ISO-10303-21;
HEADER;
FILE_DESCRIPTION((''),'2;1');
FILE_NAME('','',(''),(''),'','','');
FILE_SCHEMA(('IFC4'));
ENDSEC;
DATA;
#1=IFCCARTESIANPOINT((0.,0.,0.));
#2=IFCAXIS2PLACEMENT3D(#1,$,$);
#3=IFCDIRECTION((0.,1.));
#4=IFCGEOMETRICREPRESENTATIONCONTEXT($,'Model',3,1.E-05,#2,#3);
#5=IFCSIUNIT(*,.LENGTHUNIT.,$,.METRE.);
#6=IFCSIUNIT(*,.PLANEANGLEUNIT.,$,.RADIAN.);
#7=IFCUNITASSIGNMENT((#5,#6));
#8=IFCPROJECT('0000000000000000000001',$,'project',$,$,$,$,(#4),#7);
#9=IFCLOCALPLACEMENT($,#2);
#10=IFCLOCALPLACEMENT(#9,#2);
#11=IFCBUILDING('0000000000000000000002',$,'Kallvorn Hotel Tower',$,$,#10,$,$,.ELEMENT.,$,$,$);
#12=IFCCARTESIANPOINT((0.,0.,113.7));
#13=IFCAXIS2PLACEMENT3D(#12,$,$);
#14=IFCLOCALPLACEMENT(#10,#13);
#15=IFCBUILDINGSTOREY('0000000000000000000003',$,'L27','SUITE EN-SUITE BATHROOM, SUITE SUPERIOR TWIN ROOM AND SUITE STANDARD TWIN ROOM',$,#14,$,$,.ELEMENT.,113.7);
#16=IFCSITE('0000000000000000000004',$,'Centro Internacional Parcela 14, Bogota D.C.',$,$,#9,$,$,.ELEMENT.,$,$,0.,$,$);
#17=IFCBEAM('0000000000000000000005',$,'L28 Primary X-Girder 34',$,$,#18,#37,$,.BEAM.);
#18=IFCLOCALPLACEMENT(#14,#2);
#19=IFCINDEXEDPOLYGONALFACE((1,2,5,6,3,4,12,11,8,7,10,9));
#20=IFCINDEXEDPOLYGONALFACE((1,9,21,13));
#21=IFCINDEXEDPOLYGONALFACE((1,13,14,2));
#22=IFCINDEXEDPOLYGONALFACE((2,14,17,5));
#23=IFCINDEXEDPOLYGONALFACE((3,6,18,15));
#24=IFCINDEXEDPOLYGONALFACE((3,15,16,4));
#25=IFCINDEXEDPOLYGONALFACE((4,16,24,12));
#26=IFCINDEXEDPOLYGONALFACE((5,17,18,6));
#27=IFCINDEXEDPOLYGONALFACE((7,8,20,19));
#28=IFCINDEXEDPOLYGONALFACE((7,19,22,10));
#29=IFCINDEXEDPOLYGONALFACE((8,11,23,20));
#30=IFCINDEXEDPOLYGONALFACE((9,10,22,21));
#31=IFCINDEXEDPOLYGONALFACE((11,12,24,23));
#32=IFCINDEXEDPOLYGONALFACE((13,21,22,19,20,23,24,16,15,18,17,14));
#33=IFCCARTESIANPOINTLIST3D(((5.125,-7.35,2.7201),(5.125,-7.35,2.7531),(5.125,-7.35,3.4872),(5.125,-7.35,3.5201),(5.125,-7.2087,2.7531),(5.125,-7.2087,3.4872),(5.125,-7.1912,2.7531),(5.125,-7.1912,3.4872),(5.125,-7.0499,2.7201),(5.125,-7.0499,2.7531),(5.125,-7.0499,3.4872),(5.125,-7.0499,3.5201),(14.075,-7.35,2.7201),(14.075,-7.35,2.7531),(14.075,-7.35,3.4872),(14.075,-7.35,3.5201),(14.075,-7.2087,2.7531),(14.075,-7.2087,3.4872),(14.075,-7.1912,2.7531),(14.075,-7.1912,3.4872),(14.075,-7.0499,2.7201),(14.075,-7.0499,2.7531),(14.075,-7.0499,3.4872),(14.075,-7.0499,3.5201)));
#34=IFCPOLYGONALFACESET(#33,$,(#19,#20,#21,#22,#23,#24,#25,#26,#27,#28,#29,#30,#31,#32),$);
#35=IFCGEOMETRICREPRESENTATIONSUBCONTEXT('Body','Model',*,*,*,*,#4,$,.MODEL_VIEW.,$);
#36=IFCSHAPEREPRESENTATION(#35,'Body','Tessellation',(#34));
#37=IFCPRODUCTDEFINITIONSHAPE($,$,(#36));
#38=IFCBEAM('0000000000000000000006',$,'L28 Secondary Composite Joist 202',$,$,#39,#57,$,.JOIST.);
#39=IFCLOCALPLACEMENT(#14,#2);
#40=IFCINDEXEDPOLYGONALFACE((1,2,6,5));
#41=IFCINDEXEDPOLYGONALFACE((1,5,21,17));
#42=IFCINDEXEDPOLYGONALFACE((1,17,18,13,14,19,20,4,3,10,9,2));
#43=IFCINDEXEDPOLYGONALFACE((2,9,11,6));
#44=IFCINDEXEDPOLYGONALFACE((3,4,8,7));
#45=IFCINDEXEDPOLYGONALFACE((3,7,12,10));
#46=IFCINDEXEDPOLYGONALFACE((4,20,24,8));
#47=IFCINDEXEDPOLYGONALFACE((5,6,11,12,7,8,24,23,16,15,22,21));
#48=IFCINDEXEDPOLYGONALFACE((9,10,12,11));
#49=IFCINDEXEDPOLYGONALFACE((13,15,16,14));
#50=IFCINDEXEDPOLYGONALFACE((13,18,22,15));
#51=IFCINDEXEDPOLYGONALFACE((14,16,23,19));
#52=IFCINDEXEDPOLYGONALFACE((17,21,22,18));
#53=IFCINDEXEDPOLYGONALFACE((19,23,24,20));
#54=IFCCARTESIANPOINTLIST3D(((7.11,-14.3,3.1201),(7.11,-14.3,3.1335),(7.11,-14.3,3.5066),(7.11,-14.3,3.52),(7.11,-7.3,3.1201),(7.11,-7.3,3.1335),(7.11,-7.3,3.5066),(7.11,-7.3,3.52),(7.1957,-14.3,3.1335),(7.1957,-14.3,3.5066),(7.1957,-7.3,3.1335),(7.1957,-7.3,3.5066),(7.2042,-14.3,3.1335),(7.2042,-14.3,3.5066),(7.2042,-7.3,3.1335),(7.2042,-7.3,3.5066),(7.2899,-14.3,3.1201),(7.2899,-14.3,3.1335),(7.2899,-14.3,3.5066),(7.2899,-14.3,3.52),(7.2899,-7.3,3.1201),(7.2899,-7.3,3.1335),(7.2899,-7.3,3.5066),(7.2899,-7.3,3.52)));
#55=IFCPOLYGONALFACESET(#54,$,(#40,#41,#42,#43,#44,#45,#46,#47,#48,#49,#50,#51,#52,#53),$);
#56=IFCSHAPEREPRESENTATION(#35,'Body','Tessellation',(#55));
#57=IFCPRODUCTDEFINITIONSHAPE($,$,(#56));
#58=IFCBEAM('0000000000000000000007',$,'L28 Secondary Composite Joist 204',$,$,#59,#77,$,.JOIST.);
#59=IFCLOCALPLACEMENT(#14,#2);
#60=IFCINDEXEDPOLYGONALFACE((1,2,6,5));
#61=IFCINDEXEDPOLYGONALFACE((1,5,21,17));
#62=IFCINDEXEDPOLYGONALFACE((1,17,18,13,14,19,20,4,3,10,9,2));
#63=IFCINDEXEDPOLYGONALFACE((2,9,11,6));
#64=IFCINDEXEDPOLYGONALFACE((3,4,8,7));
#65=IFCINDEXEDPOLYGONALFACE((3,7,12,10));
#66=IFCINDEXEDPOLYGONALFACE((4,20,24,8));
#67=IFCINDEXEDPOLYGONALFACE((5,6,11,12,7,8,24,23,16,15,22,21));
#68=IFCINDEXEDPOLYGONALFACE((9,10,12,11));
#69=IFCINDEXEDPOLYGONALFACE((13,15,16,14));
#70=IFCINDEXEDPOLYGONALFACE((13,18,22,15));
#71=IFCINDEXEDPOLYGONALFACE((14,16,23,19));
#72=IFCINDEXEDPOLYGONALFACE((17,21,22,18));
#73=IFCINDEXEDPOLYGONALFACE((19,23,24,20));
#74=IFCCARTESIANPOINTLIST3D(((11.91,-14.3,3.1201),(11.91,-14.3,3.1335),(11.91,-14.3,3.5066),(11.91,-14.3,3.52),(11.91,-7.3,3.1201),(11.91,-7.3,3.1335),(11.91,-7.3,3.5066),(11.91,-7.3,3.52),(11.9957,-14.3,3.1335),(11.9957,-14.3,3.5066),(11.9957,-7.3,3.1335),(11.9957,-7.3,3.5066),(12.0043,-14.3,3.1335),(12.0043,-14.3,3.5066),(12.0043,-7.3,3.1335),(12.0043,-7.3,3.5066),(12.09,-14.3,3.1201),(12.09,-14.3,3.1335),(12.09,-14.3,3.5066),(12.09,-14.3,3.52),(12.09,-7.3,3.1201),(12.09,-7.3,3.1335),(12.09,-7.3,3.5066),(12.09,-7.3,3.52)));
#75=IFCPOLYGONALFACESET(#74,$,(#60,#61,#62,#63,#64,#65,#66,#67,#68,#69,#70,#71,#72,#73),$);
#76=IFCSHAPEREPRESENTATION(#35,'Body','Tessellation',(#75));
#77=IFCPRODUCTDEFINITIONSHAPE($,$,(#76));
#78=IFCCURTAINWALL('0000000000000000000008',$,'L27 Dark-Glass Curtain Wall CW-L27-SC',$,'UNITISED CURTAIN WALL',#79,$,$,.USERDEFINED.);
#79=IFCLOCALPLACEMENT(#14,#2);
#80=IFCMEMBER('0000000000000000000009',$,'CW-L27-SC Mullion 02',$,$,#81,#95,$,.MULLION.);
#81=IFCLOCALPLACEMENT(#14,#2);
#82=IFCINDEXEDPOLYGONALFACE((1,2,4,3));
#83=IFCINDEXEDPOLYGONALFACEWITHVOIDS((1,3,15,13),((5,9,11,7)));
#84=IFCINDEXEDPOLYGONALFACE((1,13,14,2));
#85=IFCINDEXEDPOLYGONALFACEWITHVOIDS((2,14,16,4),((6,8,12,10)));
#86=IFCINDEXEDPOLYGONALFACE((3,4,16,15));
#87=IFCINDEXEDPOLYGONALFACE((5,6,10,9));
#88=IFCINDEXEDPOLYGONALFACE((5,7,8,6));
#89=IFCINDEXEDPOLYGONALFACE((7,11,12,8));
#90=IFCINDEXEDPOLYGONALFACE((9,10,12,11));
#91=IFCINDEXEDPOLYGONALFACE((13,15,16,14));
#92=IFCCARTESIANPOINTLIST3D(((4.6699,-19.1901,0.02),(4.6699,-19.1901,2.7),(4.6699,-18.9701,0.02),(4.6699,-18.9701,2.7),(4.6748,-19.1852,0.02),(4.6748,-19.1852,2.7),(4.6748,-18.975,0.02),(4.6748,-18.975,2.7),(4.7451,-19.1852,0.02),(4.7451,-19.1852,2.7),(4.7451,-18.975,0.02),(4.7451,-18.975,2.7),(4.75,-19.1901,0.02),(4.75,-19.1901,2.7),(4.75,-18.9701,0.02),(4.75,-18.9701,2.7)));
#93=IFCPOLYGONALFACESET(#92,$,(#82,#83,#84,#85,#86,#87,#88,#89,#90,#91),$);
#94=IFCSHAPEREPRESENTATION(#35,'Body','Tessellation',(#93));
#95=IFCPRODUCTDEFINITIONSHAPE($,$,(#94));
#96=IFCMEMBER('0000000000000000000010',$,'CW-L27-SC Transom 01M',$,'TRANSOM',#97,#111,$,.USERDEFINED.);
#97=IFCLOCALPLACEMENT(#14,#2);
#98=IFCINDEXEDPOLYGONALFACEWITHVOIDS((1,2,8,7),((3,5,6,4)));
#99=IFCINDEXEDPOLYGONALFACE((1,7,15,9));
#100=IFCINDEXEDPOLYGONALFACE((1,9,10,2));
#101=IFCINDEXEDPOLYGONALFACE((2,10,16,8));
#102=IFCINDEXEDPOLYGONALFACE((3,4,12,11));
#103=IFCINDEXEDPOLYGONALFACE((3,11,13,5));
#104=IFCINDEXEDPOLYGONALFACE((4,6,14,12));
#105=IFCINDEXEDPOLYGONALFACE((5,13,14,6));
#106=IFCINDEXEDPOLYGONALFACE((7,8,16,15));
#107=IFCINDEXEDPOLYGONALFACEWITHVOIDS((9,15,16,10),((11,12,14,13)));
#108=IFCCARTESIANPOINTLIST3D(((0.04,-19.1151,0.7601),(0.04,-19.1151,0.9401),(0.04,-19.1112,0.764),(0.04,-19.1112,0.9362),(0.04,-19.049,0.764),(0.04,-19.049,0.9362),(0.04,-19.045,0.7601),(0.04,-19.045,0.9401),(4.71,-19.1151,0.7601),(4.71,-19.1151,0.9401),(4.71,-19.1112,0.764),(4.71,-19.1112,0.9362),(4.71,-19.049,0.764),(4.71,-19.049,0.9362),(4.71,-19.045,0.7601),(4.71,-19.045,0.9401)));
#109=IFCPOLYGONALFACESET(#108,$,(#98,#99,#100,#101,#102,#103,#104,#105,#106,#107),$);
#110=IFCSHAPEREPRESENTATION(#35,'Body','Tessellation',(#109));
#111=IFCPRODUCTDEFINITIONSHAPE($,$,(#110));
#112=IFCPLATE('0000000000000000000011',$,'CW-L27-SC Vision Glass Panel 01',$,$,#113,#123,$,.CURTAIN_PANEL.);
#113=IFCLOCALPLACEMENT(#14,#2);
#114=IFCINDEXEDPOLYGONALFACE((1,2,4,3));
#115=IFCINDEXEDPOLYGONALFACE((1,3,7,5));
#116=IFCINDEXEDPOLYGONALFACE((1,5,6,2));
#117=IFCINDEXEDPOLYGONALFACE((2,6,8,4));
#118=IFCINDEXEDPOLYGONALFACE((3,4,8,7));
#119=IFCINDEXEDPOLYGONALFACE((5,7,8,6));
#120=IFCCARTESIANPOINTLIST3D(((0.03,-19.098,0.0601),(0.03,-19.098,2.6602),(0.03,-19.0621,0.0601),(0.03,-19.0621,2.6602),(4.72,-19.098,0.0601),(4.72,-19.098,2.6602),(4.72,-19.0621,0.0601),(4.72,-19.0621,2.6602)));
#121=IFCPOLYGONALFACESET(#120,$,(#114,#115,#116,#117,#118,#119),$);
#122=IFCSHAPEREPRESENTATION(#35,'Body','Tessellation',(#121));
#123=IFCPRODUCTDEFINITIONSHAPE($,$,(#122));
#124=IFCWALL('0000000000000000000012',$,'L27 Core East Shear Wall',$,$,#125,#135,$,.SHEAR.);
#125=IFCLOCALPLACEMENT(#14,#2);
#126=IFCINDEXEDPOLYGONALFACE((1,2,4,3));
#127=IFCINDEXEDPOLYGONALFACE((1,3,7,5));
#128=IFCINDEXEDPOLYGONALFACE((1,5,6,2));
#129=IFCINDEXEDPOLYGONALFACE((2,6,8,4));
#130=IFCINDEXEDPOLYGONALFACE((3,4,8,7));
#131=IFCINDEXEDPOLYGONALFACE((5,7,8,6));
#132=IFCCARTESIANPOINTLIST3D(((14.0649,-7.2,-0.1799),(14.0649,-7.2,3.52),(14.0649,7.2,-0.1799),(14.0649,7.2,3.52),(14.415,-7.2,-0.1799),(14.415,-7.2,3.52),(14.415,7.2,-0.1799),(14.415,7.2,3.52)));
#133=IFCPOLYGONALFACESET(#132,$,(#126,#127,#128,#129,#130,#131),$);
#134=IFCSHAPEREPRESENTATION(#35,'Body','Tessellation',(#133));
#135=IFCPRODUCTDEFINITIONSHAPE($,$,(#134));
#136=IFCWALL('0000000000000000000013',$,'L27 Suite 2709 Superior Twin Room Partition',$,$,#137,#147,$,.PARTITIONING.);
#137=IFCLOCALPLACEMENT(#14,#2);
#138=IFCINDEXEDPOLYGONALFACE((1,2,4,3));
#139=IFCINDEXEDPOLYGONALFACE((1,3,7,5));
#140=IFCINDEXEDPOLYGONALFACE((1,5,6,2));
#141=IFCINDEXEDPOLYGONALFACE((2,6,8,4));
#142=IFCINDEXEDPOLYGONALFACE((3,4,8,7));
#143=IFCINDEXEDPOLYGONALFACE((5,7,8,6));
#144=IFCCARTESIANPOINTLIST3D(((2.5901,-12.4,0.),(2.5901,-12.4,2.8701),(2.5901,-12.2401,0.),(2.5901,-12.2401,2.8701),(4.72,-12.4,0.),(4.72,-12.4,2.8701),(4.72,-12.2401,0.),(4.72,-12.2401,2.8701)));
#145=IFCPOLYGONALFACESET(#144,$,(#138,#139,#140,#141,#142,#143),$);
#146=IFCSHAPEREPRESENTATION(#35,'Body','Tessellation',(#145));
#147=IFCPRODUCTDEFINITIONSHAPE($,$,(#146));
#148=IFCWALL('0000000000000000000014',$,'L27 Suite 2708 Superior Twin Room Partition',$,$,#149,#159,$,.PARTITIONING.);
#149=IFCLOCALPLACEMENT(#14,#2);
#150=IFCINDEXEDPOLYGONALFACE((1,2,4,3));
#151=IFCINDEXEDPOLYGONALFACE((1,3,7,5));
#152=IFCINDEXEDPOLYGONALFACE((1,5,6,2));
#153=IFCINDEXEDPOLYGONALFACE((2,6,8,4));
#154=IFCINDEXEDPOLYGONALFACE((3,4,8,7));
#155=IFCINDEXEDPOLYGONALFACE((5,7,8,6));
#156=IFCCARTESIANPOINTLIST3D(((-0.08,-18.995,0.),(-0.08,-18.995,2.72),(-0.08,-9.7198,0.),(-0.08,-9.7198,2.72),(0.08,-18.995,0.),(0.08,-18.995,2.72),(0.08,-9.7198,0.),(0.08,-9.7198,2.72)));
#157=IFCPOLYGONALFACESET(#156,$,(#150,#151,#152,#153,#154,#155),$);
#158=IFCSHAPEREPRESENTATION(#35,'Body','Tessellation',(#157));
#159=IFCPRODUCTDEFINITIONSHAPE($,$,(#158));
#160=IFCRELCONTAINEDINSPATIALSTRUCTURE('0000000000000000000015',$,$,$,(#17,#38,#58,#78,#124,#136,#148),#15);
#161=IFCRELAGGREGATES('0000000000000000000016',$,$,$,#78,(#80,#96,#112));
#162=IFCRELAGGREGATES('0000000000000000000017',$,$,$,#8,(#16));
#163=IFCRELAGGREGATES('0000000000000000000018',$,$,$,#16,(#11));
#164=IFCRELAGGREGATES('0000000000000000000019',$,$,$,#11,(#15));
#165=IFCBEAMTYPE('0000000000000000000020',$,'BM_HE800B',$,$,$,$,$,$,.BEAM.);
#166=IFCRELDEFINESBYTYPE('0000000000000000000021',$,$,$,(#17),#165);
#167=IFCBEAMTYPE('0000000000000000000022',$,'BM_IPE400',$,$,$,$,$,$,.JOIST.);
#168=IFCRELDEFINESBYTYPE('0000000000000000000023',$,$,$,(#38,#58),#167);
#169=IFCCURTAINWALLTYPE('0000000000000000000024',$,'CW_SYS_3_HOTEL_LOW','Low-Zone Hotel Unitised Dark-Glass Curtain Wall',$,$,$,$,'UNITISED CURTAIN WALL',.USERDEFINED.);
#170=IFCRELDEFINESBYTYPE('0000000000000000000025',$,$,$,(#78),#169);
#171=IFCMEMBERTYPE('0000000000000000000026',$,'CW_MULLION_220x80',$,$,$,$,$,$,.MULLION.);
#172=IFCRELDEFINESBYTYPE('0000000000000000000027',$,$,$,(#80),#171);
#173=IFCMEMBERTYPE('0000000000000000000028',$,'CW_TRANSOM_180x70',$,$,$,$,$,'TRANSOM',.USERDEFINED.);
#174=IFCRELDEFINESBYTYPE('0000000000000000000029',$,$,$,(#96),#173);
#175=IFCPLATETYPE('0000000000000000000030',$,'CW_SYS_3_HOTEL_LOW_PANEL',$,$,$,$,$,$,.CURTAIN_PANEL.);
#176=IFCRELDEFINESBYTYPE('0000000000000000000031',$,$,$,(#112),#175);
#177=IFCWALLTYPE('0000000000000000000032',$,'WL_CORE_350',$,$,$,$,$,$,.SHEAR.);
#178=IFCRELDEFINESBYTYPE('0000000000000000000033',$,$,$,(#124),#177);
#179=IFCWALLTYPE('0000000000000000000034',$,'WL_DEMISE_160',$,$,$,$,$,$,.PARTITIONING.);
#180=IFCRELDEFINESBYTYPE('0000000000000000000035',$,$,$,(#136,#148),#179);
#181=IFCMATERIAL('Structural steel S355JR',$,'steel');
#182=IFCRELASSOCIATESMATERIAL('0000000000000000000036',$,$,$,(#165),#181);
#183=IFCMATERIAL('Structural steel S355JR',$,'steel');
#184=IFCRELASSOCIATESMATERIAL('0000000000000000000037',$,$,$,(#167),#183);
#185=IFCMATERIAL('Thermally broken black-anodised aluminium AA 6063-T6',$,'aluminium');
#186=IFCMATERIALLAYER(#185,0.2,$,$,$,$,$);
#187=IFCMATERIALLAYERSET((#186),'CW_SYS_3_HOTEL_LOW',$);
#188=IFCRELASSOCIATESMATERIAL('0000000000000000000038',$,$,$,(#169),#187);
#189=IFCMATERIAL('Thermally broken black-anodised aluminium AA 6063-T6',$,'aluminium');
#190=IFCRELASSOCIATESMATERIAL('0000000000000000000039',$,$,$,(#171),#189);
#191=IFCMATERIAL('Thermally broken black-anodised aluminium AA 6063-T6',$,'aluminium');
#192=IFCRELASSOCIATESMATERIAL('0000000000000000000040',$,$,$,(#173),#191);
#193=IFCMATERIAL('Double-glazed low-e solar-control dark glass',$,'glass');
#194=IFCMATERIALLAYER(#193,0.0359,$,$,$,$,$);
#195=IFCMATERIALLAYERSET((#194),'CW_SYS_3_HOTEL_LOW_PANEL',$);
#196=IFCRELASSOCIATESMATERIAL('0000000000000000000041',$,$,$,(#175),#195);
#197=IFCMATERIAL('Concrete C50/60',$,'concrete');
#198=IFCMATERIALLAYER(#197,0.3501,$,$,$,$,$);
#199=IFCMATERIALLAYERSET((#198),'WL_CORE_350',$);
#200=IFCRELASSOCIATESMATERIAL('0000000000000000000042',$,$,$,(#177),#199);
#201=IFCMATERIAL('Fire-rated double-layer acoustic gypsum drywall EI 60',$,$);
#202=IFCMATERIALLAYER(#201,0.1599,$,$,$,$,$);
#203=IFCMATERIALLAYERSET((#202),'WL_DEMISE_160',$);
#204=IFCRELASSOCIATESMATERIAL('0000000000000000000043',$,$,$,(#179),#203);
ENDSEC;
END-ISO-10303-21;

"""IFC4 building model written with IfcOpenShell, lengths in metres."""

from ifc_helpers import new_model, si_unit, direction, frame, frame_2d, origin, origin_2d, place, context, subcontext, project, spatial, rectangle, hollow_rectangle, i_section, extrude, material, layer, layer_set, material_profile, profile_set, type_object, element, aggregate, save


model = new_model("IFC4")

# Units and contexts
model_context = context("Model", 3, precision=1e-05, world=origin(), true_north=direction((0.0, 1.0)))
body_context = subcontext(model_context, "Body", "Model", "MODEL_VIEW")
ifc_project = project(units=[si_unit("LENGTHUNIT", "METRE"), si_unit("PLANEANGLEUNIT", "RADIAN")], contexts=[model_context])

# Site, building, storey
site_placement = place(None, origin())
site = spatial("IfcSite", under=ifc_project, at=site_placement, Name="Centro Internacional Parcela 14, Bogota D.C.", CompositionType="ELEMENT", RefElevation=0.0)
building_placement = place(site_placement, origin())
building = spatial("IfcBuilding", under=site, at=building_placement, Name="Kallvorn Hotel Tower", CompositionType="ELEMENT")
storey_placement = place(building_placement, frame((0.0, 0.0, 113.7)))
storey = spatial("IfcBuildingStorey", under=building, at=storey_placement, Name="L27", Description="SUITE EN-SUITE BATHROOM, SUITE SUPERIOR TWIN ROOM AND SUITE STANDARD TWIN ROOM", CompositionType="ELEMENT", Elevation=113.7)

# Beams
ifc_material_1 = material(Name="Structural steel S355JR", Category="steel")
ifc_material_profile_1 = material_profile(ifc_material_1, i_section(OverallWidth=0.3, OverallDepth=0.8, WebThickness=0.0176, FlangeThickness=0.033, at=origin_2d()), Name="HE 800 B")
ifc_profile_set_1 = profile_set([ifc_material_profile_1], Name="Structural steel S355JR")
beam_type_1 = type_object("IfcBeamType", Name="BM_HE800B", PredefinedType="BEAM", material=ifc_profile_set_1)
beam_1_placement = place(storey_placement, frame((5.125, -7.2, 3.1201), z_axis=(1.0, 0.0, 0.0), x_axis=(0.0, 1.0, 0.0)))
element("IfcBeam", 1, at=beam_1_placement, inside=storey, type_object=beam_type_1, Name="L28 Primary X-Girder 34", PredefinedType="BEAM", context=body_context, shape_type="SweptSolid", body=[
    extrude(i_section(OverallWidth=0.3, OverallDepth=0.8, WebThickness=0.0176, FlangeThickness=0.033, at=origin_2d()), origin(), (0.0, 0.0, 1.0), 8.95),
])
ifc_material_2 = material(Name="Structural steel S355JR", Category="steel")
ifc_material_profile_2 = material_profile(ifc_material_2, i_section(OverallWidth=0.1799, OverallDepth=0.3999, WebThickness=0.0085, FlangeThickness=0.0134, at=origin_2d()), Name="IPE 400")
ifc_profile_set_2 = profile_set([ifc_material_profile_2], Name="Structural steel S355JR")
beam_type_2 = type_object("IfcBeamType", Name="BM_IPE400", PredefinedType="JOIST", material=ifc_profile_set_2)
for number, where, z_axis, x_axis, name in (
    (2, (7.2, -14.3, 3.3201), (0.0, 1.0, 0.0), (-1.0, 0.0, 0.0), "L28 Secondary Composite Joist 202"),
    (3, (12.0, -14.3, 3.3201), (0.0, 1.0, 0.0), (-1.0, 0.0, 0.0), "L28 Secondary Composite Joist 204"),
):
    element("IfcBeam", number, at=place(storey_placement, frame(where, z_axis=z_axis, x_axis=x_axis)), inside=storey, type_object=beam_type_2, Name=name, PredefinedType="JOIST", context=body_context, shape_type="SweptSolid", body=[
        extrude(i_section(OverallWidth=0.1799, OverallDepth=0.3999, WebThickness=0.0085, FlangeThickness=0.0134, at=origin_2d()), origin(), (0.0, 0.0, 1.0), 7.0),
    ])

# Curtain wall, members, plate
ifc_material_3 = material(Name="Thermally broken black-anodised aluminium AA 6063-T6", Category="aluminium")
ifc_layer_1 = layer(ifc_material_3, 0.2)
ifc_layer_set_1 = layer_set([ifc_layer_1], Name="CW_SYS_3_HOTEL_LOW")
curtain_wall_type = type_object("IfcCurtainWallType", Name="CW_SYS_3_HOTEL_LOW", Description="Low-Zone Hotel Unitised Dark-Glass Curtain Wall", ElementType="UNITISED CURTAIN WALL", PredefinedType="USERDEFINED", material=ifc_layer_set_1)
curtain_wall_placement = place(storey_placement, origin())
curtain_wall = element("IfcCurtainWall", 4, at=curtain_wall_placement, inside=storey, type_object=curtain_wall_type, Name="L27 Dark-Glass Curtain Wall CW-L27-SC", ObjectType="UNITISED CURTAIN WALL", PredefinedType="USERDEFINED")
ifc_material_4 = material(Name="Thermally broken black-anodised aluminium AA 6063-T6", Category="aluminium")
ifc_material_profile_3 = material_profile(ifc_material_4, hollow_rectangle(XDim=0.0801, YDim=0.22, WallThickness=0.0049, at=origin_2d()), Name="MUL 220x80")
ifc_profile_set_3 = profile_set([ifc_material_profile_3], Name="Thermally broken black-anodised aluminium AA 6063-T6")
member_type_1 = type_object("IfcMemberType", Name="CW_MULLION_220x80", PredefinedType="MULLION", material=ifc_profile_set_3)
member_1_placement = place(storey_placement, frame((4.71, -19.0801, 0.02), z_axis=(0.0, 0.0, 1.0), x_axis=(1.0, 0.0, 0.0)))
member_1 = element("IfcMember", 5, at=member_1_placement, type_object=member_type_1, Name="CW-L27-SC Mullion 02", PredefinedType="MULLION", context=body_context, shape_type="SweptSolid", body=[
    extrude(hollow_rectangle(XDim=0.0801, YDim=0.22, WallThickness=0.0049, at=origin_2d()), origin(), (0.0, 0.0, 1.0), 2.6799),
])
ifc_material_5 = material(Name="Thermally broken black-anodised aluminium AA 6063-T6", Category="aluminium")
ifc_material_profile_4 = material_profile(ifc_material_5, hollow_rectangle(XDim=0.0701, YDim=0.1799, WallThickness=0.0039, at=origin_2d()), Name="TRN 180x70")
ifc_profile_set_4 = profile_set([ifc_material_profile_4], Name="Thermally broken black-anodised aluminium AA 6063-T6")
member_type_2 = type_object("IfcMemberType", Name="CW_TRANSOM_180x70", ElementType="TRANSOM", PredefinedType="USERDEFINED", material=ifc_profile_set_4)
member_2_placement = place(storey_placement, frame((0.04, -19.0801, 0.8501), z_axis=(1.0, 0.0, 0.0), x_axis=(0.0, 1.0, 0.0)))
member_2 = element("IfcMember", 6, at=member_2_placement, type_object=member_type_2, Name="CW-L27-SC Transom 01M", ObjectType="TRANSOM", PredefinedType="USERDEFINED", context=body_context, shape_type="SweptSolid", body=[
    extrude(hollow_rectangle(XDim=0.0701, YDim=0.1799, WallThickness=0.0039, at=origin_2d()), origin(), (0.0, 0.0, 1.0), 4.6699),
])
ifc_material_6 = material(Name="Double-glazed low-e solar-control dark glass", Category="glass")
ifc_layer_2 = layer(ifc_material_6, 0.0359)
ifc_layer_set_2 = layer_set([ifc_layer_2], Name="CW_SYS_3_HOTEL_LOW_PANEL")
plate_type = type_object("IfcPlateType", Name="CW_SYS_3_HOTEL_LOW_PANEL", PredefinedType="CURTAIN_PANEL", material=ifc_layer_set_2)
plate_placement = place(storey_placement, frame((2.375, -19.0801, 0.0601), z_axis=(0.0, 0.0, 1.0), x_axis=(1.0, 0.0, 0.0)))
plate = element("IfcPlate", 7, at=plate_placement, type_object=plate_type, Name="CW-L27-SC Vision Glass Panel 01", PredefinedType="CURTAIN_PANEL", context=body_context, shape_type="SweptSolid", body=[
    extrude(rectangle(XDim=4.6899, YDim=0.0359, at=origin_2d()), origin(), (0.0, 0.0, 1.0), 2.6001),
])
aggregate(curtain_wall, [member_1, member_2, plate])

# Walls
ifc_material_7 = material(Name="Concrete C50/60", Category="concrete")
ifc_layer_3 = layer(ifc_material_7, 0.3501)
ifc_layer_set_3 = layer_set([ifc_layer_3], Name="WL_CORE_350")
wall_type_1 = type_object("IfcWallType", Name="WL_CORE_350", PredefinedType="SHEAR", material=ifc_layer_set_3)
wall_1_placement = place(storey_placement, frame((14.24, -7.2, -0.1799), z_axis=(0.0, 0.0, 1.0), x_axis=(0.0, 1.0, 0.0)))
element("IfcWall", 8, at=wall_1_placement, inside=storey, type_object=wall_type_1, Name="L27 Core East Shear Wall", PredefinedType="SHEAR", context=body_context, shape_type="SweptSolid", body=[
    extrude(rectangle(XDim=14.3999, YDim=0.3501, at=frame_2d((7.2, 0.0))), origin(), (0.0, 0.0, 1.0), 3.7),
])
ifc_material_8 = material(Name="Fire-rated double-layer acoustic gypsum drywall EI 60")
ifc_layer_4 = layer(ifc_material_8, 0.1599)
ifc_layer_set_4 = layer_set([ifc_layer_4], Name="WL_DEMISE_160")
wall_type_2 = type_object("IfcWallType", Name="WL_DEMISE_160", PredefinedType="PARTITIONING", material=ifc_layer_set_4)
wall_2_placement = place(storey_placement, frame((2.5901, -12.3201, 0.0), z_axis=(0.0, 0.0, 1.0), x_axis=(1.0, 0.0, 0.0)))
element("IfcWall", 9, at=wall_2_placement, inside=storey, type_object=wall_type_2, Name="L27 Suite 2709 Superior Twin Room Partition", PredefinedType="PARTITIONING", context=body_context, shape_type="SweptSolid", body=[
    extrude(rectangle(XDim=2.1299, YDim=0.1599, at=frame_2d((1.0649, 0.0))), origin(), (0.0, 0.0, 1.0), 2.8701),
])
wall_3_placement = place(storey_placement, frame((0.0, -18.9951, 0.0), z_axis=(0.0, 0.0, 1.0), x_axis=(0.0, 1.0, 0.0)))
element("IfcWall", 10, at=wall_3_placement, inside=storey, type_object=wall_type_2, Name="L27 Suite 2708 Superior Twin Room Partition", PredefinedType="PARTITIONING", context=body_context, shape_type="SweptSolid", body=[
    extrude(rectangle(XDim=9.2751, YDim=0.1599, at=frame_2d((4.6377, 0.0))), origin(), (0.0, 0.0, 1.0), 2.72),
])

save(model, "model.ifc")
